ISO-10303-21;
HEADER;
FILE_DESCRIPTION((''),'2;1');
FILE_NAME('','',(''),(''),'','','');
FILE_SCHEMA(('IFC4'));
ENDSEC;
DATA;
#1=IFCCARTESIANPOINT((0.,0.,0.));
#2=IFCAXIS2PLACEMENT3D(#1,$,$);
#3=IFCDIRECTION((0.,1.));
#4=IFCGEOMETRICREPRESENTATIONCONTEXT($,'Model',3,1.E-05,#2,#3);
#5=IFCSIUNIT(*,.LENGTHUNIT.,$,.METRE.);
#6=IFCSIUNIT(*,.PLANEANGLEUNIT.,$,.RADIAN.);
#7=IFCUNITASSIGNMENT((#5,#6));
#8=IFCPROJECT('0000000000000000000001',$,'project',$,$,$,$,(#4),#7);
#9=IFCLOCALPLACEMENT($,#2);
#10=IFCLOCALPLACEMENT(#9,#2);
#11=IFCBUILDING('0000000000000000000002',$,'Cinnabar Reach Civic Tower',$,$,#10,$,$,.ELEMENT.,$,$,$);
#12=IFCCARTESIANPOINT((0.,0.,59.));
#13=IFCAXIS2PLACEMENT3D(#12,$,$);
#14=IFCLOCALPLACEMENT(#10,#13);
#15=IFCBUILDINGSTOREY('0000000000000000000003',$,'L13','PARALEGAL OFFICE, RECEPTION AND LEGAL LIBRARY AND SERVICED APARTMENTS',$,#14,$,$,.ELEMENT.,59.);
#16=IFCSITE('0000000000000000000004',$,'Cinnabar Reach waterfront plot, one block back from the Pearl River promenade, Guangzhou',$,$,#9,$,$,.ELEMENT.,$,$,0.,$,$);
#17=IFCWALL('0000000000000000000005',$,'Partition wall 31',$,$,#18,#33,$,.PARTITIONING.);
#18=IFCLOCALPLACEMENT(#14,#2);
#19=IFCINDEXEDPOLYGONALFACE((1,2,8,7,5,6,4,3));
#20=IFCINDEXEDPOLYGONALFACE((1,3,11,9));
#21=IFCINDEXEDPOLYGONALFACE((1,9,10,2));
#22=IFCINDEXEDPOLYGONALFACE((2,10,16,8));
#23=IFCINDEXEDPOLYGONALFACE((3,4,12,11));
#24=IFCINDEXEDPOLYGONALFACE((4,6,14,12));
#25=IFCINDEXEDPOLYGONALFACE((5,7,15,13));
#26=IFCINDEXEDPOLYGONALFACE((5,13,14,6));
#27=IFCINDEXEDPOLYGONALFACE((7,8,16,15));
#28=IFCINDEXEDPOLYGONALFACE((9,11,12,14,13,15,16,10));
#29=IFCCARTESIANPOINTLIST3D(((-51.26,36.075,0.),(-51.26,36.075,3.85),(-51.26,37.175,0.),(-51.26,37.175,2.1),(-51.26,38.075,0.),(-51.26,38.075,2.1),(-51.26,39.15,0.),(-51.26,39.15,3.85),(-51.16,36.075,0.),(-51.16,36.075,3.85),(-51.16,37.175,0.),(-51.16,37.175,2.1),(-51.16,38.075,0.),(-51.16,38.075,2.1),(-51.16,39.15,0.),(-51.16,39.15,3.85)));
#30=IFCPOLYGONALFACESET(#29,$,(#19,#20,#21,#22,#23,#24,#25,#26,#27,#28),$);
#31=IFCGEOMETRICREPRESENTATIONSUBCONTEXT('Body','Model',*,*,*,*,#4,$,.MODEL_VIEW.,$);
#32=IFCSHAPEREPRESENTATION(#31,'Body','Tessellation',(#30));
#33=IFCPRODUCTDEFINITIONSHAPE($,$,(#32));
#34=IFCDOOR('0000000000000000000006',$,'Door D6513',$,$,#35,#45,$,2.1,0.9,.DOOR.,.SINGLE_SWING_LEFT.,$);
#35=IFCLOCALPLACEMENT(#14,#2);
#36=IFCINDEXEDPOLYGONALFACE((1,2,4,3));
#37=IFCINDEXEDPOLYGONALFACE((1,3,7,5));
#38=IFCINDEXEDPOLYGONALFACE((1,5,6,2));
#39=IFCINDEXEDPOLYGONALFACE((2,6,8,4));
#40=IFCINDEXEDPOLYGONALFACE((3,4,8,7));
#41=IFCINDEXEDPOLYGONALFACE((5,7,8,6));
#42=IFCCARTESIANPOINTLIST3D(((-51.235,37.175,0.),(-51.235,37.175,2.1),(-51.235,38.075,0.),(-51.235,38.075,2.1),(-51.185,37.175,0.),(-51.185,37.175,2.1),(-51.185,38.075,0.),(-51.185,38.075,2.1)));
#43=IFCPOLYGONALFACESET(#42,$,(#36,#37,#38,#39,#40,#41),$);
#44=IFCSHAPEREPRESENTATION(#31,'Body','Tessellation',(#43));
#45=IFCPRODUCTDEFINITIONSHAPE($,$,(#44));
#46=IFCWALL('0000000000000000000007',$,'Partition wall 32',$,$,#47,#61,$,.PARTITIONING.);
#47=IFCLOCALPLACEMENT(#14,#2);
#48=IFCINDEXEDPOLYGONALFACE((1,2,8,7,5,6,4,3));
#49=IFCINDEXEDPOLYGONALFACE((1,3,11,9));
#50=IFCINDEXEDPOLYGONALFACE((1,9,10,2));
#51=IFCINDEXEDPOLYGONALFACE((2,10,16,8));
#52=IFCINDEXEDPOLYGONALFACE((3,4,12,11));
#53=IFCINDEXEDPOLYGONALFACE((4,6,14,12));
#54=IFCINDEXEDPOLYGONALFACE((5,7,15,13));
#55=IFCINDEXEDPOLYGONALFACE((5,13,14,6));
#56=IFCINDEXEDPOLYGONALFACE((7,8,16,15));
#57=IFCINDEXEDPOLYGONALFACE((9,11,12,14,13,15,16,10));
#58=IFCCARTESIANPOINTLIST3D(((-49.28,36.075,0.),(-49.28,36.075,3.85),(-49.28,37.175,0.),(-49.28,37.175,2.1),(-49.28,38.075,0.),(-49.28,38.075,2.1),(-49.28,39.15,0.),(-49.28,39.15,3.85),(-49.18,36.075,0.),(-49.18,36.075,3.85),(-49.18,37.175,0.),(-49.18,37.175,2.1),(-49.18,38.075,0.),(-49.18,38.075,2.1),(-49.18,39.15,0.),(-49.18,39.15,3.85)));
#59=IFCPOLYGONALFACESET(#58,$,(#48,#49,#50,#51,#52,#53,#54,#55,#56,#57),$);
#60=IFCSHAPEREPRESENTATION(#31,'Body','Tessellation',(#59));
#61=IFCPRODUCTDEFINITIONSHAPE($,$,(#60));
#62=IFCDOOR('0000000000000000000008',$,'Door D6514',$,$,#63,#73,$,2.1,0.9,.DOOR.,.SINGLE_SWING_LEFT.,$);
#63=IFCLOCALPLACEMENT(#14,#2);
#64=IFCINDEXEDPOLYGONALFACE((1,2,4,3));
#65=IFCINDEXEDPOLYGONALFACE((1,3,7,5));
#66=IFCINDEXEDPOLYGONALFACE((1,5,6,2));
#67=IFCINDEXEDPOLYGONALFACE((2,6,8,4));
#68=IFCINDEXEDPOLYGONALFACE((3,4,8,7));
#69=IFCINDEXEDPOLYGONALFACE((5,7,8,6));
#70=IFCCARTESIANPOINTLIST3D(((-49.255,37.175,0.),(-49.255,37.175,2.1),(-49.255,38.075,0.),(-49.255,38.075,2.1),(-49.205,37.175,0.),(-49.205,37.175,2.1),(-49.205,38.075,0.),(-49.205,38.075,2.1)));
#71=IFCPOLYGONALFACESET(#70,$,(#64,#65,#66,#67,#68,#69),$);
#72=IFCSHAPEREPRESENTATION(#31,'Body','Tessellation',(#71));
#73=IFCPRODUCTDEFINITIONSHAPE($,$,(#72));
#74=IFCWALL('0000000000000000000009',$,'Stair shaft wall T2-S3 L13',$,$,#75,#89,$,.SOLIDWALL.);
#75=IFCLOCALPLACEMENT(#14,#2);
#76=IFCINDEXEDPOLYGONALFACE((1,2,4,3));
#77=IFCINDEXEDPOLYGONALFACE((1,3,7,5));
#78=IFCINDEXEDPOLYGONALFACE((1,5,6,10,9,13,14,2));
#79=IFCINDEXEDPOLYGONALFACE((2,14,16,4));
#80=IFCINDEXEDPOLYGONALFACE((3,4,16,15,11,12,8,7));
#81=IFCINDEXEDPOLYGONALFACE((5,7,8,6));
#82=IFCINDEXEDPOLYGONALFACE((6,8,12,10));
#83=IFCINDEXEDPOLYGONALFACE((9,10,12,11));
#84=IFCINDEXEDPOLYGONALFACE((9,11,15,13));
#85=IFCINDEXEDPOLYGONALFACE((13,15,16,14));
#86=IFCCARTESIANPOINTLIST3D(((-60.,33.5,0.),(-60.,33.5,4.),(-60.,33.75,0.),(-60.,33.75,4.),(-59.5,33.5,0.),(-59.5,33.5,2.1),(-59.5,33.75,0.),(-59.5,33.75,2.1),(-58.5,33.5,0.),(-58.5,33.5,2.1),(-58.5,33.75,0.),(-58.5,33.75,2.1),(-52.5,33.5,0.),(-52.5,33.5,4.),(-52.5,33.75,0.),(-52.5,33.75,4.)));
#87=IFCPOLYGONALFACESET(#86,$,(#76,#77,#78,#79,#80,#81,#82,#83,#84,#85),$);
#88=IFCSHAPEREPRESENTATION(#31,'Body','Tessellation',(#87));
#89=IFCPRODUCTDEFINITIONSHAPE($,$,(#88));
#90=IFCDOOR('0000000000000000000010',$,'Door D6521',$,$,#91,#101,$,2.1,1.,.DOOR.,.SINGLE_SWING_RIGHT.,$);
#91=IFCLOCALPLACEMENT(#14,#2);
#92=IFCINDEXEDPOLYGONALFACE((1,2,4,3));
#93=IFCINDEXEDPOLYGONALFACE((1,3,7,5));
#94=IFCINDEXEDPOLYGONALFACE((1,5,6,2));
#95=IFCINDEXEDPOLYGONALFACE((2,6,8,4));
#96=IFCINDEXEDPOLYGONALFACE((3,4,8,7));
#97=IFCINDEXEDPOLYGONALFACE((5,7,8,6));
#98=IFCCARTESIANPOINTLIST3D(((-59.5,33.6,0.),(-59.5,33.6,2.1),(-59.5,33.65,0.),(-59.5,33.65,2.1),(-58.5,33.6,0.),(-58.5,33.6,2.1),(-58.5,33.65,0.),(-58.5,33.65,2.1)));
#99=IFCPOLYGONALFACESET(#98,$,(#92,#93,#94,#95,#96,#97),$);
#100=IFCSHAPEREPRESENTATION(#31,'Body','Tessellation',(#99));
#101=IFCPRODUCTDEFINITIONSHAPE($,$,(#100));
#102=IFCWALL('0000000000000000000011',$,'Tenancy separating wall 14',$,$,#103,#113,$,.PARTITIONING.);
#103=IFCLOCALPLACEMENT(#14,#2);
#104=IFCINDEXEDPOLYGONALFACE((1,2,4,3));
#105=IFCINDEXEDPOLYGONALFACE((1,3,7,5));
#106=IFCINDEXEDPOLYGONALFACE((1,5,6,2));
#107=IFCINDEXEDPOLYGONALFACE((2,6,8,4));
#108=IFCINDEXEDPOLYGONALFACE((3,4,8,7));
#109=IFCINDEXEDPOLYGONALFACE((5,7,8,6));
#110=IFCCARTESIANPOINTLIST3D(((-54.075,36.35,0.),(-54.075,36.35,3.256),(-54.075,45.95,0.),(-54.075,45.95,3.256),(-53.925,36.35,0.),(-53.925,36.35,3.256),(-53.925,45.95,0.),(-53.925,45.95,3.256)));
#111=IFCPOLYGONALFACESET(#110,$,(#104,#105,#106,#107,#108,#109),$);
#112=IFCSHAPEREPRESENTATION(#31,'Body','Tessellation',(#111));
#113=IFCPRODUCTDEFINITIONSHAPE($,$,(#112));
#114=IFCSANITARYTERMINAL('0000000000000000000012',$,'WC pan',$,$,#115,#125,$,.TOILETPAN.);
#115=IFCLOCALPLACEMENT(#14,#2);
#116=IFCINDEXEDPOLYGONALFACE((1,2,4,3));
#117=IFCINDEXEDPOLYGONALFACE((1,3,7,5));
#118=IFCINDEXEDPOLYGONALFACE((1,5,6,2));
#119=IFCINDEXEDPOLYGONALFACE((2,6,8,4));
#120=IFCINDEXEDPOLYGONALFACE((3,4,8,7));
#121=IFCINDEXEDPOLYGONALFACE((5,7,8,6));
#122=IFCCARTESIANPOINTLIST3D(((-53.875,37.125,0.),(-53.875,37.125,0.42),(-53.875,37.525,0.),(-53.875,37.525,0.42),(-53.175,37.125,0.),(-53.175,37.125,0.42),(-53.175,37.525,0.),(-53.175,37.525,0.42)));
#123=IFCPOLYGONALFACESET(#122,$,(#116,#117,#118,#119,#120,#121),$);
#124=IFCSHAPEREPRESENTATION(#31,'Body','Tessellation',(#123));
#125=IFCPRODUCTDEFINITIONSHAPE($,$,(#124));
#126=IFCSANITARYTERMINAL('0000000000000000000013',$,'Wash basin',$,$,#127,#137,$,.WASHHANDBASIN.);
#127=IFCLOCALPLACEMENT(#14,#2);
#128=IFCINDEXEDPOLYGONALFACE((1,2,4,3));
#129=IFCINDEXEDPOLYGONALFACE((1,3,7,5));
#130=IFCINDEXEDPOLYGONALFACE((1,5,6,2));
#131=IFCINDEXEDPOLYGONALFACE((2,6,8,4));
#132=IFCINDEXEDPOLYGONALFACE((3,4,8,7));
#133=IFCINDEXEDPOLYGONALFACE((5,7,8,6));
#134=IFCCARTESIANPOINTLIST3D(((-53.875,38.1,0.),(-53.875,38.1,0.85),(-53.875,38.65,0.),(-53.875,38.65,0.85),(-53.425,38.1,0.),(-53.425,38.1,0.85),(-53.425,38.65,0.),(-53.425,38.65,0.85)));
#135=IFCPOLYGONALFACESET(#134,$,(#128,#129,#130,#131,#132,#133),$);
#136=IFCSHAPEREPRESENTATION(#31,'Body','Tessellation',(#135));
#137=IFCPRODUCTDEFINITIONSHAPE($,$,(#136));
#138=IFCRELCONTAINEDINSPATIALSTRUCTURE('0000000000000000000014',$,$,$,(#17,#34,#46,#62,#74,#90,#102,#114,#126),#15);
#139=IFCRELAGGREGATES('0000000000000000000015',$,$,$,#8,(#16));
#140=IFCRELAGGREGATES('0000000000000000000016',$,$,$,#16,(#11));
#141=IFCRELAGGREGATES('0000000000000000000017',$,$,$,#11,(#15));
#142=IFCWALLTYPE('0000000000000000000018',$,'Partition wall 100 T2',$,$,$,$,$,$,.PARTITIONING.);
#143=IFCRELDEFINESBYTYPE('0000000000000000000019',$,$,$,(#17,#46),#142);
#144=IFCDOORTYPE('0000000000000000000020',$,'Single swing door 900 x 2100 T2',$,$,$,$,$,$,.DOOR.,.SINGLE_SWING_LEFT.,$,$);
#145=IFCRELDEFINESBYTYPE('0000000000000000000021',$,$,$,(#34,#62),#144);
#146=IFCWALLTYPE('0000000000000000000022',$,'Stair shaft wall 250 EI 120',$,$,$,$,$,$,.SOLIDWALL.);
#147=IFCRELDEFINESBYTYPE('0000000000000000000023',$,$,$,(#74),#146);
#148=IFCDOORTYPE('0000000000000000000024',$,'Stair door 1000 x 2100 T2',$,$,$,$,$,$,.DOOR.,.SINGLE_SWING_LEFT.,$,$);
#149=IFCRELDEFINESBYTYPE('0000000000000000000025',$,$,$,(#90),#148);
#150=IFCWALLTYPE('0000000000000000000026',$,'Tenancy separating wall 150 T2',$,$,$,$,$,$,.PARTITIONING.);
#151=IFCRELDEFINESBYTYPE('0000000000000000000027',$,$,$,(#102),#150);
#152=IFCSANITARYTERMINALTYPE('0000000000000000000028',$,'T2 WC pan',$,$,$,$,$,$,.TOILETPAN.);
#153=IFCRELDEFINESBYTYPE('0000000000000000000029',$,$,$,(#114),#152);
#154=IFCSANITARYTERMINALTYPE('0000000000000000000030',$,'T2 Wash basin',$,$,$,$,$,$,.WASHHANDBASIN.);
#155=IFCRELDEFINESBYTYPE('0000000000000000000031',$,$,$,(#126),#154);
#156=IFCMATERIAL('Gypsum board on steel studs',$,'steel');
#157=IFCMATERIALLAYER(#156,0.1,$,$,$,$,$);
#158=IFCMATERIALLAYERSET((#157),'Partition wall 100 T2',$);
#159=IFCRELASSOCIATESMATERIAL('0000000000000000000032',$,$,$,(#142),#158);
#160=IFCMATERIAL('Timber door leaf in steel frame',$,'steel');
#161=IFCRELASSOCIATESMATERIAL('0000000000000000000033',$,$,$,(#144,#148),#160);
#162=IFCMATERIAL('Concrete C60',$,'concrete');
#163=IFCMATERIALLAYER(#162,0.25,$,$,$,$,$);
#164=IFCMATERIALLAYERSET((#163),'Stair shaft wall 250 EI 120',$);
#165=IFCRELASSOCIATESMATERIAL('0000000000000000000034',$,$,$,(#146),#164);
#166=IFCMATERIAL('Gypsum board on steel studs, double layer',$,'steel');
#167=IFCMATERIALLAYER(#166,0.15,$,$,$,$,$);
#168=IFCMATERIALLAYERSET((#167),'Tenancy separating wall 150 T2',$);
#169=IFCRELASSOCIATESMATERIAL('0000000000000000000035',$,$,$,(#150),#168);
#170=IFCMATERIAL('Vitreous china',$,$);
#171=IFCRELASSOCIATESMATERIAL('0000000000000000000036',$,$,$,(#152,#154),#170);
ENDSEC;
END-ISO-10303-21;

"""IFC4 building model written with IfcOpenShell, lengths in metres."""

from ifc_helpers import new_model, si_unit, direction, frame, frame_2d, origin, origin_2d, place, context, subcontext, project, spatial, rectangle, extrude, material, layer, layer_set, type_object, element, fill, save


model = new_model("IFC4")

# Units and contexts
model_context = context("Model", 3, precision=1e-05, world=origin(), true_north=direction((0.0, 1.0)))
body_context = subcontext(model_context, "Body", "Model", "MODEL_VIEW")
ifc_project = project(units=[si_unit("LENGTHUNIT", "METRE"), si_unit("PLANEANGLEUNIT", "RADIAN")], contexts=[model_context])

# Site, building, storey
site_placement = place(None, origin())
site = spatial("IfcSite", under=ifc_project, at=site_placement, Name="Cinnabar Reach waterfront plot, one block back from the Pearl River promenade, Guangzhou", CompositionType="ELEMENT", RefElevation=0.0)
building_placement = place(site_placement, origin())
building = spatial("IfcBuilding", under=site, at=building_placement, Name="Cinnabar Reach Civic Tower", CompositionType="ELEMENT")
storey_placement = place(building_placement, frame((0.0, 0.0, 59.0)))
storey = spatial("IfcBuildingStorey", under=building, at=storey_placement, Name="L13", Description="PARALEGAL OFFICE, RECEPTION AND LEGAL LIBRARY AND SERVICED APARTMENTS", CompositionType="ELEMENT", Elevation=59.0)

# Shared definitions
ifc_material_1 = material(Name="Concrete C60", Category="concrete")

# Shared definitions
ifc_material_2 = material(Name="Gypsum board on steel studs, double layer", Category="steel")
ifc_material_3 = material(Name="Timber door leaf in steel frame", Category="steel")

# Walls, openings, doors
ifc_material_4 = material(Name="Gypsum board on steel studs", Category="steel")
ifc_layer_1 = layer(ifc_material_4, 0.1)
ifc_layer_set_1 = layer_set([ifc_layer_1], Name="Partition wall 100 T2")
wall_type_1 = type_object("IfcWallType", Name="Partition wall 100 T2", PredefinedType="PARTITIONING", material=ifc_layer_set_1)
door_type_1 = type_object("IfcDoorType", Name="Single swing door 900 x 2100 T2", OperationType="SINGLE_SWING_LEFT", PredefinedType="DOOR", material=ifc_material_3)
wall_1_placement = place(storey_placement, frame((-51.21, 36.075, 0.0), z_axis=(0.0, 0.0, 1.0), x_axis=(0.0, 1.0, 0.0)))
wall_1 = element("IfcWall", 1, at=wall_1_placement, inside=storey, type_object=wall_type_1, Name="Partition wall 31", PredefinedType="PARTITIONING", context=body_context, shape_type="SweptSolid", body=[
    extrude(rectangle(XDim=3.075, YDim=0.1, at=frame_2d((1.5375, 0.0))), origin(), (0.0, 0.0, 1.0), 3.85),
])
opening_1_placement = place(wall_1_placement, frame((1.1, 0.0, 0.0)))
opening_1 = element("IfcOpeningElement", 2, at=opening_1_placement, cuts=wall_1, PredefinedType="OPENING", context=body_context, shape_type="SweptSolid", body=[
    extrude(rectangle(XDim=0.9, YDim=2.1, at=frame_2d((0.45, 1.05))), frame((0.0, 0.06, 0.0), z_axis=(0.0, -1.0, 0.0), x_axis=(1.0, 0.0, 0.0)), (0.0, 0.0, 1.0), 0.12),
])
door_1_placement = place(opening_1_placement, origin())
door_1 = element("IfcDoor", 3, at=door_1_placement, inside=storey, type_object=door_type_1, Name="Door D6513", OperationType="SINGLE_SWING_LEFT", OverallHeight=2.1, OverallWidth=0.9, PredefinedType="DOOR", context=body_context, shape_type="SweptSolid", body=[
    extrude(rectangle(XDim=0.9, YDim=2.1, at=frame_2d((0.45, 1.05))), frame((0.0, 0.025, 0.0), z_axis=(0.0, -1.0, 0.0), x_axis=(1.0, 0.0, 0.0)), (0.0, 0.0, 1.0), 0.05),
])
fill(opening_1, door_1)
wall_2_placement = place(storey_placement, frame((-49.23, 36.075, 0.0), z_axis=(0.0, 0.0, 1.0), x_axis=(0.0, 1.0, 0.0)))
wall_2 = element("IfcWall", 4, at=wall_2_placement, inside=storey, type_object=wall_type_1, Name="Partition wall 32", PredefinedType="PARTITIONING", context=body_context, shape_type="SweptSolid", body=[
    extrude(rectangle(XDim=3.075, YDim=0.1, at=frame_2d((1.5375, 0.0))), origin(), (0.0, 0.0, 1.0), 3.85),
])
opening_2_placement = place(wall_2_placement, frame((1.1, 0.0, 0.0)))
opening_2 = element("IfcOpeningElement", 5, at=opening_2_placement, cuts=wall_2, PredefinedType="OPENING", context=body_context, shape_type="SweptSolid", body=[
    extrude(rectangle(XDim=0.9, YDim=2.1, at=frame_2d((0.45, 1.05))), frame((0.0, 0.06, 0.0), z_axis=(0.0, -1.0, 0.0), x_axis=(1.0, 0.0, 0.0)), (0.0, 0.0, 1.0), 0.12),
])
door_2_placement = place(opening_2_placement, origin())
door_2 = element("IfcDoor", 6, at=door_2_placement, inside=storey, type_object=door_type_1, Name="Door D6514", OperationType="SINGLE_SWING_LEFT", OverallHeight=2.1, OverallWidth=0.9, PredefinedType="DOOR", context=body_context, shape_type="SweptSolid", body=[
    extrude(rectangle(XDim=0.9, YDim=2.1, at=frame_2d((0.45, 1.05))), frame((0.0, 0.025, 0.0), z_axis=(0.0, -1.0, 0.0), x_axis=(1.0, 0.0, 0.0)), (0.0, 0.0, 1.0), 0.05),
])
fill(opening_2, door_2)
ifc_layer_2 = layer(ifc_material_1, 0.25)
ifc_layer_set_2 = layer_set([ifc_layer_2], Name="Stair shaft wall 250 EI 120")
wall_type_2 = type_object("IfcWallType", Name="Stair shaft wall 250 EI 120", PredefinedType="SOLIDWALL", material=ifc_layer_set_2)
wall_3_placement = place(storey_placement, frame((-52.5, 33.625, 0.0), z_axis=(0.0, 0.0, 1.0), x_axis=(-1.0, 0.0, 0.0)))
wall_3 = element("IfcWall", 7, at=wall_3_placement, inside=storey, type_object=wall_type_2, Name="Stair shaft wall T2-S3 L13", PredefinedType="SOLIDWALL", context=body_context, shape_type="SweptSolid", body=[
    extrude(rectangle(XDim=7.5, YDim=0.25, at=frame_2d((3.75, 0.0))), origin(), (0.0, 0.0, 1.0), 4.0),
])
opening_3_placement = place(wall_3_placement, frame((6.0, 0.0, 0.0)))
opening_3 = element("IfcOpeningElement", 8, at=opening_3_placement, cuts=wall_3, PredefinedType="OPENING", context=body_context, shape_type="SweptSolid", body=[
    extrude(rectangle(XDim=1.0, YDim=2.1, at=frame_2d((0.5, 1.05))), frame((0.0, 0.135, 0.0), z_axis=(0.0, -1.0, 0.0), x_axis=(1.0, 0.0, 0.0)), (0.0, 0.0, 1.0), 0.27),
])
door_type_2 = type_object("IfcDoorType", Name="Stair door 1000 x 2100 T2", OperationType="SINGLE_SWING_LEFT", PredefinedType="DOOR", material=ifc_material_3)
door_3_placement = place(opening_3_placement, origin())
door_3 = element("IfcDoor", 9, at=door_3_placement, inside=storey, type_object=door_type_2, Name="Door D6521", OperationType="SINGLE_SWING_RIGHT", OverallHeight=2.1, OverallWidth=1.0, PredefinedType="DOOR", context=body_context, shape_type="SweptSolid", body=[
    extrude(rectangle(XDim=1.0, YDim=2.1, at=frame_2d((0.5, 1.05))), frame((0.0, 0.025, 0.0), z_axis=(0.0, -1.0, 0.0), x_axis=(1.0, 0.0, 0.0)), (0.0, 0.0, 1.0), 0.05),
])
fill(opening_3, door_3)

# Wall
ifc_layer_3 = layer(ifc_material_2, 0.15)
ifc_layer_set_3 = layer_set([ifc_layer_3], Name="Tenancy separating wall 150 T2")
wall_type_3 = type_object("IfcWallType", Name="Tenancy separating wall 150 T2", PredefinedType="PARTITIONING", material=ifc_layer_set_3)
wall_4_placement = place(storey_placement, frame((-54.0, 36.35, 0.0), z_axis=(0.0, 0.0, 1.0), x_axis=(0.0, 1.0, 0.0)))
element("IfcWall", 10, at=wall_4_placement, inside=storey, type_object=wall_type_3, Name="Tenancy separating wall 14", PredefinedType="PARTITIONING", context=body_context, shape_type="SweptSolid", body=[
    extrude(rectangle(XDim=9.6, YDim=0.15, at=frame_2d((4.8, 0.0))), origin(), (0.0, 0.0, 1.0), 3.256),
])

# Sanitary terminals
ifc_material_5 = material(Name="Vitreous china")
sanitary_terminal_type_1 = type_object("IfcSanitaryTerminalType", Name="T2 WC pan", PredefinedType="TOILETPAN", material=ifc_material_5)
sanitary_terminal_1_placement = place(storey_placement, frame((-53.525, 37.325, 0.0), z_axis=(0.0, 0.0, 1.0), x_axis=(1.0, 0.0, 0.0)))
element("IfcSanitaryTerminal", 11, at=sanitary_terminal_1_placement, inside=storey, type_object=sanitary_terminal_type_1, Name="WC pan", PredefinedType="TOILETPAN", context=body_context, shape_type="SweptSolid", body=[
    extrude(rectangle(XDim=0.7, YDim=0.4, at=origin_2d()), origin(), (0.0, 0.0, 1.0), 0.42),
])
sanitary_terminal_type_2 = type_object("IfcSanitaryTerminalType", Name="T2 Wash basin", PredefinedType="WASHHANDBASIN", material=ifc_material_5)
sanitary_terminal_2_placement = place(storey_placement, frame((-53.65, 38.375, 0.0), z_axis=(0.0, 0.0, 1.0), x_axis=(1.0, 0.0, 0.0)))
element("IfcSanitaryTerminal", 12, at=sanitary_terminal_2_placement, inside=storey, type_object=sanitary_terminal_type_2, Name="Wash basin", PredefinedType="WASHHANDBASIN", context=body_context, shape_type="SweptSolid", body=[
    extrude(rectangle(XDim=0.45, YDim=0.55, at=origin_2d()), origin(), (0.0, 0.0, 1.0), 0.85),
])

save(model, "model.ifc")
